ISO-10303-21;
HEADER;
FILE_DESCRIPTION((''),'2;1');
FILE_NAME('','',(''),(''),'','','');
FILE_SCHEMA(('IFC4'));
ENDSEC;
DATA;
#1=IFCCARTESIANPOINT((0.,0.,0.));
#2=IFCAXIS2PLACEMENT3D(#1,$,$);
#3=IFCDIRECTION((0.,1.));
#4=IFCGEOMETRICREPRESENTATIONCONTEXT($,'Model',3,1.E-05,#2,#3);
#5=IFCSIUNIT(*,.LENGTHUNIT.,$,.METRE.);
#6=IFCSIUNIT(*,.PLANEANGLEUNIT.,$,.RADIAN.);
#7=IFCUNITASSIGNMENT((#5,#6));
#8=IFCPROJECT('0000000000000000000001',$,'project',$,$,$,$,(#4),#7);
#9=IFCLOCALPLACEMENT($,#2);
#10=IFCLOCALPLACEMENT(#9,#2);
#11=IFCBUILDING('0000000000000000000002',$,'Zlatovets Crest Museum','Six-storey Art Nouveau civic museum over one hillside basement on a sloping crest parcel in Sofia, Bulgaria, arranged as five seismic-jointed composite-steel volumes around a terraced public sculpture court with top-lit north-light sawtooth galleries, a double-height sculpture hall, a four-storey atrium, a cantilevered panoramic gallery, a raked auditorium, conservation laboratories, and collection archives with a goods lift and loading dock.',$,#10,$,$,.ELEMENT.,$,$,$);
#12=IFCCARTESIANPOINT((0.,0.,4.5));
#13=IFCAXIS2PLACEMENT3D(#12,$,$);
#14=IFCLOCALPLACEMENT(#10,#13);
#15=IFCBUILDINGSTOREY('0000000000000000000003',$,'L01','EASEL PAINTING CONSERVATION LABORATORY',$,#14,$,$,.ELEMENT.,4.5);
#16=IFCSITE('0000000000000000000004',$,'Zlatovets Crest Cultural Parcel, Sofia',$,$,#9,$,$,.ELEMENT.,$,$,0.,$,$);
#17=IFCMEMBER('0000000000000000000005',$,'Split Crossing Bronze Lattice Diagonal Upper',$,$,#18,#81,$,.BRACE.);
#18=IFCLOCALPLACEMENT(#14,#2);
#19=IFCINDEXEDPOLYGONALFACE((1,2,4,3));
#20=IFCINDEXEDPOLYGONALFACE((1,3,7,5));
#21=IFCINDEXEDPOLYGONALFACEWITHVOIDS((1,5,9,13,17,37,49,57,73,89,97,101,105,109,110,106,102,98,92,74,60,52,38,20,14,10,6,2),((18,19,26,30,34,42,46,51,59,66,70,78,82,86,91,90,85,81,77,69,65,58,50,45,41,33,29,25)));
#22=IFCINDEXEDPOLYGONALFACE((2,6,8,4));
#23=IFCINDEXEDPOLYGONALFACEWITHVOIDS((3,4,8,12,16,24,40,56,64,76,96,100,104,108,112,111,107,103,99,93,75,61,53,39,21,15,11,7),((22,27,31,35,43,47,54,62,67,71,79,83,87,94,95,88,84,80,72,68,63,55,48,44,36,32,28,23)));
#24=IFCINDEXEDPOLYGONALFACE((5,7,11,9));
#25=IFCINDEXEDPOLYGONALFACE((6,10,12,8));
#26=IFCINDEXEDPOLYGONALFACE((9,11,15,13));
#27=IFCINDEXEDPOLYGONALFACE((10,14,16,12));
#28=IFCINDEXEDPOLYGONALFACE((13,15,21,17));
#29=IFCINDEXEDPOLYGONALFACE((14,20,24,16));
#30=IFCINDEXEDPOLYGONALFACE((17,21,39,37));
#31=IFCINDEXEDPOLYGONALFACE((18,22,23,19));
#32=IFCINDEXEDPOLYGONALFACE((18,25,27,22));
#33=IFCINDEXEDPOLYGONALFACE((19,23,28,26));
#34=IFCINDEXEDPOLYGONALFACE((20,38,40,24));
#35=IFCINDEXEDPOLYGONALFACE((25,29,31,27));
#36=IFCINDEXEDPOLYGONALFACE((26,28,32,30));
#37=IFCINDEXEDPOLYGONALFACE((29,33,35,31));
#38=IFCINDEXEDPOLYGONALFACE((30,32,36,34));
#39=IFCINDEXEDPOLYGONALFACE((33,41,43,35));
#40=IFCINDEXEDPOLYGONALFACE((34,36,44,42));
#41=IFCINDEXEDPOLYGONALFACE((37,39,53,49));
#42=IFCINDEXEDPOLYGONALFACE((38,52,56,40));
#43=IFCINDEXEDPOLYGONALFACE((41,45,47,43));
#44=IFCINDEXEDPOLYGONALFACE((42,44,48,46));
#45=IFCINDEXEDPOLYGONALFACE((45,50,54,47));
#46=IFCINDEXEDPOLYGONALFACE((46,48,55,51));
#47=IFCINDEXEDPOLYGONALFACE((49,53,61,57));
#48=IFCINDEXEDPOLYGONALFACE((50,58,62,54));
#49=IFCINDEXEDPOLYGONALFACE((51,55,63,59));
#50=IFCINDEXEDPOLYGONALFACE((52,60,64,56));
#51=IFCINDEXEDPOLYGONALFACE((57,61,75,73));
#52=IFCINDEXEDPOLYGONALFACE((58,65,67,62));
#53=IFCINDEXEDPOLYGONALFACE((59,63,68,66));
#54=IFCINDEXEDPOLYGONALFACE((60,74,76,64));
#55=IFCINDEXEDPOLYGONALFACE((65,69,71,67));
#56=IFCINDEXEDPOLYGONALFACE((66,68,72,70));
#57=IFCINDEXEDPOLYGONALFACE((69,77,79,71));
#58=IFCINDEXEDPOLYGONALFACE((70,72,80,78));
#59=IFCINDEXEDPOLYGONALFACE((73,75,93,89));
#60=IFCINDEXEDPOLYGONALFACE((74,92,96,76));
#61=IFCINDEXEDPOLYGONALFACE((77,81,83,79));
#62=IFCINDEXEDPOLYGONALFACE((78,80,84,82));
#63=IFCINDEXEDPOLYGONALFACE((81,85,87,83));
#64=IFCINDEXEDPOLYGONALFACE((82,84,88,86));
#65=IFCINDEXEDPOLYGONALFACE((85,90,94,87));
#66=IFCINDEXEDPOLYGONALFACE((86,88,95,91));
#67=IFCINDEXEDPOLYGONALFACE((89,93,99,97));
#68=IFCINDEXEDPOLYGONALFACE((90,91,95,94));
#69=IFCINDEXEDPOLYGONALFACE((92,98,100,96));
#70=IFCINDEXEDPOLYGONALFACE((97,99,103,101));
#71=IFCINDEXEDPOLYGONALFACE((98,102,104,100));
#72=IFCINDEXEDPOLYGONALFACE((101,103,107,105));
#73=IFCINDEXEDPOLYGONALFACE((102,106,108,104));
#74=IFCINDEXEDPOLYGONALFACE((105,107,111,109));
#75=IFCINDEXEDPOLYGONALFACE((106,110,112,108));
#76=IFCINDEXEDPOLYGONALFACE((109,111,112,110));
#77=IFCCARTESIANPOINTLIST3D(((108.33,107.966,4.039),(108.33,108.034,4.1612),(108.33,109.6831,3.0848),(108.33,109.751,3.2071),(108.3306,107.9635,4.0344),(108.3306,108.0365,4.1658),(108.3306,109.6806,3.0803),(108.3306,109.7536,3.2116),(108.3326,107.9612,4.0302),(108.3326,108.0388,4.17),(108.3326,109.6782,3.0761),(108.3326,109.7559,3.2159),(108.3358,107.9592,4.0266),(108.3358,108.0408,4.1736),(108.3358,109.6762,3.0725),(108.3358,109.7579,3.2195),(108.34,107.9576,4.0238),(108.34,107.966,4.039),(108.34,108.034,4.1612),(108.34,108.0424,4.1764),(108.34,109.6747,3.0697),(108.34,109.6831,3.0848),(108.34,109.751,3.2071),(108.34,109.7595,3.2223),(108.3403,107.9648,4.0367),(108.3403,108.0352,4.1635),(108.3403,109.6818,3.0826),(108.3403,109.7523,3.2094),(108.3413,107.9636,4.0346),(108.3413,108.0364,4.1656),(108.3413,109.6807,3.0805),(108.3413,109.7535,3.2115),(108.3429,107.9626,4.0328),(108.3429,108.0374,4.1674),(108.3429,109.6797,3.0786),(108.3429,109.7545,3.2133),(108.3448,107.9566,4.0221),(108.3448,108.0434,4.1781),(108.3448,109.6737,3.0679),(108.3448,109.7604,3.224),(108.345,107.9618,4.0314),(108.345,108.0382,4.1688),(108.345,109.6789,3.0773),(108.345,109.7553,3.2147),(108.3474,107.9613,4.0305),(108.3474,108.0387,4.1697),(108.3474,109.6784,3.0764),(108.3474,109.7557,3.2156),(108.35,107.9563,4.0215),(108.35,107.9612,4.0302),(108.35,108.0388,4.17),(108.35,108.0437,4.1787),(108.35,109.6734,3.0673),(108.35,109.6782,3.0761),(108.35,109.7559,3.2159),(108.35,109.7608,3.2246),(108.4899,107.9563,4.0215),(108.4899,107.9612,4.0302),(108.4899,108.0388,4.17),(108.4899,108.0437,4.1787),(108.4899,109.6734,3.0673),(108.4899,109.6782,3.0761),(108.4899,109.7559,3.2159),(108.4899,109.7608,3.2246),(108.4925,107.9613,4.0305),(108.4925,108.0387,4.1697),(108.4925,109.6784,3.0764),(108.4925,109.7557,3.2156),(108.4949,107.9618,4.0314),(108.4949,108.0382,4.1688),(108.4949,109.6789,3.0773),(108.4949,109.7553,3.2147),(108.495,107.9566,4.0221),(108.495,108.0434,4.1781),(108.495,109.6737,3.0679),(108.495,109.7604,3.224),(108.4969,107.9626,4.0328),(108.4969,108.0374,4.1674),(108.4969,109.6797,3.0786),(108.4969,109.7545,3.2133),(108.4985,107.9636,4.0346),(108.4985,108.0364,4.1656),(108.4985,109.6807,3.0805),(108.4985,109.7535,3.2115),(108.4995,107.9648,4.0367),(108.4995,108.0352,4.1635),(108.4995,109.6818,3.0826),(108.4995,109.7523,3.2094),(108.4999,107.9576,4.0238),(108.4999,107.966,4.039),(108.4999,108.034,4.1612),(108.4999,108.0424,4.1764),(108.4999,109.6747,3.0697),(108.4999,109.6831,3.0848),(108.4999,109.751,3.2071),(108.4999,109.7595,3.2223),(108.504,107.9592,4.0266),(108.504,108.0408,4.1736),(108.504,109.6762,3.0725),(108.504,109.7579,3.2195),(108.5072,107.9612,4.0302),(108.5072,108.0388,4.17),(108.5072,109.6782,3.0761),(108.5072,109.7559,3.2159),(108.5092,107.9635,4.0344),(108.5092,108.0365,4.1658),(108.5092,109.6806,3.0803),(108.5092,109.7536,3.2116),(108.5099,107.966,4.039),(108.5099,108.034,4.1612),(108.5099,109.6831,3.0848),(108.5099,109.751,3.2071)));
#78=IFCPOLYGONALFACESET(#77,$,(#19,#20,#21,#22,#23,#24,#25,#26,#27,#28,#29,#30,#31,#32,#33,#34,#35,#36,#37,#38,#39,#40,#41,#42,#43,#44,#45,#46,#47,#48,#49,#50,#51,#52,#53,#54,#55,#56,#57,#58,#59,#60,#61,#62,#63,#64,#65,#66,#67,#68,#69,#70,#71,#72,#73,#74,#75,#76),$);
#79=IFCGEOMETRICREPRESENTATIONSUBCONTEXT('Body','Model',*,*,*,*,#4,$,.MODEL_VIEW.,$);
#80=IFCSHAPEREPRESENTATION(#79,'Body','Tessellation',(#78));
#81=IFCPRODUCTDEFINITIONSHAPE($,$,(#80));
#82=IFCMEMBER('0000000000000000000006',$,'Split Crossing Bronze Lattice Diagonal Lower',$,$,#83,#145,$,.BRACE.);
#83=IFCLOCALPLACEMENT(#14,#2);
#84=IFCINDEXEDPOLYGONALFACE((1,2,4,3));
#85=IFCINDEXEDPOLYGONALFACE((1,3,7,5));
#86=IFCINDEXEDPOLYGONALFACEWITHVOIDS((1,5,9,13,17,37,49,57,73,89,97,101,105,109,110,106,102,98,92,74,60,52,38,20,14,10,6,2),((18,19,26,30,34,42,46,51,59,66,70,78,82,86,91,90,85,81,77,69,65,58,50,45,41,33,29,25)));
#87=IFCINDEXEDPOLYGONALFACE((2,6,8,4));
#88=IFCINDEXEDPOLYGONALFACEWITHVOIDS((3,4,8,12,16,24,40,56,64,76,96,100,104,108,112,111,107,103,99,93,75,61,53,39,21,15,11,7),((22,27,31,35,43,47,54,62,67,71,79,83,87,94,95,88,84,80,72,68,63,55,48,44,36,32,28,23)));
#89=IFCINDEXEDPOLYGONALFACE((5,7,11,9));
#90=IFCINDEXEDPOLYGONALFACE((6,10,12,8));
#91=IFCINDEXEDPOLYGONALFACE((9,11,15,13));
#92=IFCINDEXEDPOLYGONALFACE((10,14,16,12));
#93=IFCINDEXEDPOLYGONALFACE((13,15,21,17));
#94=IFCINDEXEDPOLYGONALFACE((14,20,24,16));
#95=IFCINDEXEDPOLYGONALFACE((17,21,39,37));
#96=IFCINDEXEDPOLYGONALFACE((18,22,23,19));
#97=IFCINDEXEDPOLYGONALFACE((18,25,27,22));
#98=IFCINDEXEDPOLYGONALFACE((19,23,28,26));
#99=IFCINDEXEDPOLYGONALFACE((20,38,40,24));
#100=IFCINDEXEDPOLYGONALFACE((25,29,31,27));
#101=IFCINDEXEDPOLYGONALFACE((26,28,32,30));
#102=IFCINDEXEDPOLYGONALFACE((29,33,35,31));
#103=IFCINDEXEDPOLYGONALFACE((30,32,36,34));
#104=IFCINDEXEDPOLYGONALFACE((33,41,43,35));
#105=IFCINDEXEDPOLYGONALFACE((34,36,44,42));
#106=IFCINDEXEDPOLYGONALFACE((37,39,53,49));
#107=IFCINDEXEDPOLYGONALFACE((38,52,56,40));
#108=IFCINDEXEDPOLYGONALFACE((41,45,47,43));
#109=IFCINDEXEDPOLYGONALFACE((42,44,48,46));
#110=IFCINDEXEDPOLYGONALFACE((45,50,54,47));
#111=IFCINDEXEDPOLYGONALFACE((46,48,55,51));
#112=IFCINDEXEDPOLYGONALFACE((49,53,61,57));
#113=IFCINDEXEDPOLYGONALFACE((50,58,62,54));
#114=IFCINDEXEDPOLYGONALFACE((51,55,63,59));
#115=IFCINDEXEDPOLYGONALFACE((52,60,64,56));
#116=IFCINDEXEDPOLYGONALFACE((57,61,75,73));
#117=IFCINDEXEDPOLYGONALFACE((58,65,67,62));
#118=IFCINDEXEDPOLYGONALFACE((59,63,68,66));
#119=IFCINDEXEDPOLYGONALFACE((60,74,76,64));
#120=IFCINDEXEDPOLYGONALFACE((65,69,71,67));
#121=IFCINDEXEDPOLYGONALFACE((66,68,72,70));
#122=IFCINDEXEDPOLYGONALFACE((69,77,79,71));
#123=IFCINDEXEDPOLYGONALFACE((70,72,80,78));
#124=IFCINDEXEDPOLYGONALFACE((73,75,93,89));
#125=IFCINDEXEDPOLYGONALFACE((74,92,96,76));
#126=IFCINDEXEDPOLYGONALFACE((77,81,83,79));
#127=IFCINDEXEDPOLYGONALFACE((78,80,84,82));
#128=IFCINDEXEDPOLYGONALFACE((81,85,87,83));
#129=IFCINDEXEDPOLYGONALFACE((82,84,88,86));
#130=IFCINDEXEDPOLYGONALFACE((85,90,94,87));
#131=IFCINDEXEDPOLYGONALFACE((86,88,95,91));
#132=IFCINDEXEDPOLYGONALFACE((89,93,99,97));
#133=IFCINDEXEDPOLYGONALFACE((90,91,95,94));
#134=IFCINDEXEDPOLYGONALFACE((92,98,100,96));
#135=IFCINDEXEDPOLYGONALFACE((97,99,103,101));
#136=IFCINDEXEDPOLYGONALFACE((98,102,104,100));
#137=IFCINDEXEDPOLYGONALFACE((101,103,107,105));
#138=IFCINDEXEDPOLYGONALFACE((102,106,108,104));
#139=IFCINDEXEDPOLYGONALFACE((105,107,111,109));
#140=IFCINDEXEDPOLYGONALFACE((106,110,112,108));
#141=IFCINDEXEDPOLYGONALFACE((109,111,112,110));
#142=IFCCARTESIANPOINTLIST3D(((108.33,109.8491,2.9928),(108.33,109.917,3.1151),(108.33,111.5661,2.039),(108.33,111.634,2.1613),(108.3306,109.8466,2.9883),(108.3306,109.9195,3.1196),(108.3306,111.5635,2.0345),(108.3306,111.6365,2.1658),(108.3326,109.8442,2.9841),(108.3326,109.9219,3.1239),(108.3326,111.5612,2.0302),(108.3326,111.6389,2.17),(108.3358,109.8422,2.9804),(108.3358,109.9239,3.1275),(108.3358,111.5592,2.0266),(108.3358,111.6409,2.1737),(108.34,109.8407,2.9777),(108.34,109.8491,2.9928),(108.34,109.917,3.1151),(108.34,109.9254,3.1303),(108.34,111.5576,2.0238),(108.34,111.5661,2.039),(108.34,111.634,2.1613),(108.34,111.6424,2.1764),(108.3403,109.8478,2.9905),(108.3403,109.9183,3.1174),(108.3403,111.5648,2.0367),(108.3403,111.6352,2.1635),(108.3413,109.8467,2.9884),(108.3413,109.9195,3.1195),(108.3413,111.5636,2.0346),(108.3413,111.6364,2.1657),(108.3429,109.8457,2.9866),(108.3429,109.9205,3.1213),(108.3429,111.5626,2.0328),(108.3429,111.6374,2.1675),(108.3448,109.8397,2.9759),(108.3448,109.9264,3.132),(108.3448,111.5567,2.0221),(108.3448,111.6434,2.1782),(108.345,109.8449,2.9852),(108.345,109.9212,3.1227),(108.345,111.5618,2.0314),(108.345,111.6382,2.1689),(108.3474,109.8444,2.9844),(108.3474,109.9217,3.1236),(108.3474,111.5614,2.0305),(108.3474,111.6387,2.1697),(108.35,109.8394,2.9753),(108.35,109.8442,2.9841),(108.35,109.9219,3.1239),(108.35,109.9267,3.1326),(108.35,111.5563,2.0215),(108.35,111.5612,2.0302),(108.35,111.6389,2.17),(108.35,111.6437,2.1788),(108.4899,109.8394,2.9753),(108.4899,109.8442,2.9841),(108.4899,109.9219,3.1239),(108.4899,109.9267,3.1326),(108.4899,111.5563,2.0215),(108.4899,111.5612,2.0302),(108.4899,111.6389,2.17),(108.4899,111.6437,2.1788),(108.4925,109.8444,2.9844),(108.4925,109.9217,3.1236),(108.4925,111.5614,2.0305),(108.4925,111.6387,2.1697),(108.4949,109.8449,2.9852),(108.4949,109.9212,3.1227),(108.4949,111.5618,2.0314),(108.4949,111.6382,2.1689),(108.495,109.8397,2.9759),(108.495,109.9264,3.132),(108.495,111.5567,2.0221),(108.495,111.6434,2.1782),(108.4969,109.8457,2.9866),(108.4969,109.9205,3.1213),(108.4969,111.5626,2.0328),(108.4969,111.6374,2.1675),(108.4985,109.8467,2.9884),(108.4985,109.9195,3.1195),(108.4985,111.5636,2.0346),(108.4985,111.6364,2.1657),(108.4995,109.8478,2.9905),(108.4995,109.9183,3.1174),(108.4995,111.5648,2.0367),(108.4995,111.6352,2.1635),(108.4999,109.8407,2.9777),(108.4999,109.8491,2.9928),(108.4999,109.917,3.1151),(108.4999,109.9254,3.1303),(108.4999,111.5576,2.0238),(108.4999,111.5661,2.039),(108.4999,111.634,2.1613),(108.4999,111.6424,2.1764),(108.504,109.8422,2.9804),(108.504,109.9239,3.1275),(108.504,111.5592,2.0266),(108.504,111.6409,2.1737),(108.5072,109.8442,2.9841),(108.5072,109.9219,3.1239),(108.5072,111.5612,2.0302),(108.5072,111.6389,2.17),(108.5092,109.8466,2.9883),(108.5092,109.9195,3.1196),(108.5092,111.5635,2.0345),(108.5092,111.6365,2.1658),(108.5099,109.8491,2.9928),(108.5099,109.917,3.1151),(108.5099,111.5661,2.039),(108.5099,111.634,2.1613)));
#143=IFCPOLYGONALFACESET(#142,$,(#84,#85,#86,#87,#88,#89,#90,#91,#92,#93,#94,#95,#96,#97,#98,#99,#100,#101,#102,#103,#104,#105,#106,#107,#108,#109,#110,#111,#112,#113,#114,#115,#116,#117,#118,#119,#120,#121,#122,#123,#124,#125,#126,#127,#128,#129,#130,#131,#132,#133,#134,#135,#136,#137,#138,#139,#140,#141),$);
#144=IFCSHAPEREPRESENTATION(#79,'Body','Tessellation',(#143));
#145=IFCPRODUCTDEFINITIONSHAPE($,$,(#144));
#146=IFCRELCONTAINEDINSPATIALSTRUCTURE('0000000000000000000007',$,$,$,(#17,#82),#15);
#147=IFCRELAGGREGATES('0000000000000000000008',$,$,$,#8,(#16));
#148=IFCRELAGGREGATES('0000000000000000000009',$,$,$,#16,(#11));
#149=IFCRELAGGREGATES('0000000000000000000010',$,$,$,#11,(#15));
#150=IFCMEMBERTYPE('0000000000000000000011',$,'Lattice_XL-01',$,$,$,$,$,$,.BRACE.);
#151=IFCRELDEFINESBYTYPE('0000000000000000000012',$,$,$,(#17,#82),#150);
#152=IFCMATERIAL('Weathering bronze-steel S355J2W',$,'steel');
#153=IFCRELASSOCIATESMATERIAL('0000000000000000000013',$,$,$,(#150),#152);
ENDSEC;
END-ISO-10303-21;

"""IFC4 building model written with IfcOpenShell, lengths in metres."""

from ifc_helpers import new_model, si_unit, direction, frame, origin, origin_2d, place, context, subcontext, project, spatial, hollow_rectangle, extrude, material, material_profile, profile_set, type_object, element, save


model = new_model("IFC4")

# Units and contexts
model_context = context("Model", 3, precision=1e-05, world=origin(), true_north=direction((0.0, 1.0)))
body_context = subcontext(model_context, "Body", "Model", "MODEL_VIEW")
ifc_project = project(units=[si_unit("LENGTHUNIT", "METRE"), si_unit("PLANEANGLEUNIT", "RADIAN")], contexts=[model_context])

# Site, building, storey
site_placement = place(None, origin())
site = spatial("IfcSite", under=ifc_project, at=site_placement, Name="Zlatovets Crest Cultural Parcel, Sofia", CompositionType="ELEMENT", RefElevation=0.0)
building_placement = place(site_placement, origin())
building = spatial("IfcBuilding", under=site, at=building_placement, Name="Zlatovets Crest Museum", Description="Six-storey Art Nouveau civic museum over one hillside basement on a sloping crest parcel in Sofia, Bulgaria, arranged as five seismic-jointed composite-steel volumes around a terraced public sculpture court with top-lit north-light sawtooth galleries, a double-height sculpture hall, a four-storey atrium, a cantilevered panoramic gallery, a raked auditorium, conservation laboratories, and collection archives with a goods lift and loading dock.", CompositionType="ELEMENT")
storey_placement = place(building_placement, frame((0.0, 0.0, 4.5)))
storey = spatial("IfcBuildingStorey", under=building, at=storey_placement, Name="L01", Description="EASEL PAINTING CONSERVATION LABORATORY", CompositionType="ELEMENT", Elevation=4.5)

# Members
ifc_material_1 = material(Name="Weathering bronze-steel S355J2W", Category="steel")
ifc_material_profile_1 = material_profile(ifc_material_1, hollow_rectangle(XDim=0.1799, YDim=0.1799, WallThickness=0.01, InnerFilletRadius=0.01, OuterFilletRadius=0.02, at=origin_2d()), Name="SHS 180x180x10.0")
ifc_profile_set_1 = profile_set([ifc_material_profile_1], Name="Weathering bronze-steel S355J2W")
member_type_1 = type_object("IfcMemberType", Name="Lattice_XL-01", PredefinedType="BRACE", material=ifc_profile_set_1)
member_1_placement = place(storey_placement, frame((108.4199, 108.0, 4.1001), z_axis=(0.0, 0.874116, -0.485717), x_axis=(-1.0, 0.0, 0.0)))
element("IfcMember", 1, at=member_1_placement, inside=storey, type_object=member_type_1, Name="Split Crossing Bronze Lattice Diagonal Upper", PredefinedType="BRACE", context=body_context, shape_type="SweptSolid", body=[
    extrude(hollow_rectangle(XDim=0.1799, YDim=0.1799, WallThickness=0.01, InnerFilletRadius=0.01, OuterFilletRadius=0.02, at=origin_2d()), origin(), (0.0, 0.0, 1.0), 1.9644),
])
member_2_placement = place(storey_placement, frame((108.4199, 109.8831, 3.054), z_axis=(0.0, 0.874169, -0.485622), x_axis=(-1.0, 0.0, 0.0)))
element("IfcMember", 2, at=member_2_placement, inside=storey, type_object=member_type_1, Name="Split Crossing Bronze Lattice Diagonal Lower", PredefinedType="BRACE", context=body_context, shape_type="SweptSolid", body=[
    extrude(hollow_rectangle(XDim=0.1799, YDim=0.1799, WallThickness=0.01, InnerFilletRadius=0.01, OuterFilletRadius=0.02, at=origin_2d()), origin(), (0.0, 0.0, 1.0), 1.9641),
])

save(model, "model.ifc")
